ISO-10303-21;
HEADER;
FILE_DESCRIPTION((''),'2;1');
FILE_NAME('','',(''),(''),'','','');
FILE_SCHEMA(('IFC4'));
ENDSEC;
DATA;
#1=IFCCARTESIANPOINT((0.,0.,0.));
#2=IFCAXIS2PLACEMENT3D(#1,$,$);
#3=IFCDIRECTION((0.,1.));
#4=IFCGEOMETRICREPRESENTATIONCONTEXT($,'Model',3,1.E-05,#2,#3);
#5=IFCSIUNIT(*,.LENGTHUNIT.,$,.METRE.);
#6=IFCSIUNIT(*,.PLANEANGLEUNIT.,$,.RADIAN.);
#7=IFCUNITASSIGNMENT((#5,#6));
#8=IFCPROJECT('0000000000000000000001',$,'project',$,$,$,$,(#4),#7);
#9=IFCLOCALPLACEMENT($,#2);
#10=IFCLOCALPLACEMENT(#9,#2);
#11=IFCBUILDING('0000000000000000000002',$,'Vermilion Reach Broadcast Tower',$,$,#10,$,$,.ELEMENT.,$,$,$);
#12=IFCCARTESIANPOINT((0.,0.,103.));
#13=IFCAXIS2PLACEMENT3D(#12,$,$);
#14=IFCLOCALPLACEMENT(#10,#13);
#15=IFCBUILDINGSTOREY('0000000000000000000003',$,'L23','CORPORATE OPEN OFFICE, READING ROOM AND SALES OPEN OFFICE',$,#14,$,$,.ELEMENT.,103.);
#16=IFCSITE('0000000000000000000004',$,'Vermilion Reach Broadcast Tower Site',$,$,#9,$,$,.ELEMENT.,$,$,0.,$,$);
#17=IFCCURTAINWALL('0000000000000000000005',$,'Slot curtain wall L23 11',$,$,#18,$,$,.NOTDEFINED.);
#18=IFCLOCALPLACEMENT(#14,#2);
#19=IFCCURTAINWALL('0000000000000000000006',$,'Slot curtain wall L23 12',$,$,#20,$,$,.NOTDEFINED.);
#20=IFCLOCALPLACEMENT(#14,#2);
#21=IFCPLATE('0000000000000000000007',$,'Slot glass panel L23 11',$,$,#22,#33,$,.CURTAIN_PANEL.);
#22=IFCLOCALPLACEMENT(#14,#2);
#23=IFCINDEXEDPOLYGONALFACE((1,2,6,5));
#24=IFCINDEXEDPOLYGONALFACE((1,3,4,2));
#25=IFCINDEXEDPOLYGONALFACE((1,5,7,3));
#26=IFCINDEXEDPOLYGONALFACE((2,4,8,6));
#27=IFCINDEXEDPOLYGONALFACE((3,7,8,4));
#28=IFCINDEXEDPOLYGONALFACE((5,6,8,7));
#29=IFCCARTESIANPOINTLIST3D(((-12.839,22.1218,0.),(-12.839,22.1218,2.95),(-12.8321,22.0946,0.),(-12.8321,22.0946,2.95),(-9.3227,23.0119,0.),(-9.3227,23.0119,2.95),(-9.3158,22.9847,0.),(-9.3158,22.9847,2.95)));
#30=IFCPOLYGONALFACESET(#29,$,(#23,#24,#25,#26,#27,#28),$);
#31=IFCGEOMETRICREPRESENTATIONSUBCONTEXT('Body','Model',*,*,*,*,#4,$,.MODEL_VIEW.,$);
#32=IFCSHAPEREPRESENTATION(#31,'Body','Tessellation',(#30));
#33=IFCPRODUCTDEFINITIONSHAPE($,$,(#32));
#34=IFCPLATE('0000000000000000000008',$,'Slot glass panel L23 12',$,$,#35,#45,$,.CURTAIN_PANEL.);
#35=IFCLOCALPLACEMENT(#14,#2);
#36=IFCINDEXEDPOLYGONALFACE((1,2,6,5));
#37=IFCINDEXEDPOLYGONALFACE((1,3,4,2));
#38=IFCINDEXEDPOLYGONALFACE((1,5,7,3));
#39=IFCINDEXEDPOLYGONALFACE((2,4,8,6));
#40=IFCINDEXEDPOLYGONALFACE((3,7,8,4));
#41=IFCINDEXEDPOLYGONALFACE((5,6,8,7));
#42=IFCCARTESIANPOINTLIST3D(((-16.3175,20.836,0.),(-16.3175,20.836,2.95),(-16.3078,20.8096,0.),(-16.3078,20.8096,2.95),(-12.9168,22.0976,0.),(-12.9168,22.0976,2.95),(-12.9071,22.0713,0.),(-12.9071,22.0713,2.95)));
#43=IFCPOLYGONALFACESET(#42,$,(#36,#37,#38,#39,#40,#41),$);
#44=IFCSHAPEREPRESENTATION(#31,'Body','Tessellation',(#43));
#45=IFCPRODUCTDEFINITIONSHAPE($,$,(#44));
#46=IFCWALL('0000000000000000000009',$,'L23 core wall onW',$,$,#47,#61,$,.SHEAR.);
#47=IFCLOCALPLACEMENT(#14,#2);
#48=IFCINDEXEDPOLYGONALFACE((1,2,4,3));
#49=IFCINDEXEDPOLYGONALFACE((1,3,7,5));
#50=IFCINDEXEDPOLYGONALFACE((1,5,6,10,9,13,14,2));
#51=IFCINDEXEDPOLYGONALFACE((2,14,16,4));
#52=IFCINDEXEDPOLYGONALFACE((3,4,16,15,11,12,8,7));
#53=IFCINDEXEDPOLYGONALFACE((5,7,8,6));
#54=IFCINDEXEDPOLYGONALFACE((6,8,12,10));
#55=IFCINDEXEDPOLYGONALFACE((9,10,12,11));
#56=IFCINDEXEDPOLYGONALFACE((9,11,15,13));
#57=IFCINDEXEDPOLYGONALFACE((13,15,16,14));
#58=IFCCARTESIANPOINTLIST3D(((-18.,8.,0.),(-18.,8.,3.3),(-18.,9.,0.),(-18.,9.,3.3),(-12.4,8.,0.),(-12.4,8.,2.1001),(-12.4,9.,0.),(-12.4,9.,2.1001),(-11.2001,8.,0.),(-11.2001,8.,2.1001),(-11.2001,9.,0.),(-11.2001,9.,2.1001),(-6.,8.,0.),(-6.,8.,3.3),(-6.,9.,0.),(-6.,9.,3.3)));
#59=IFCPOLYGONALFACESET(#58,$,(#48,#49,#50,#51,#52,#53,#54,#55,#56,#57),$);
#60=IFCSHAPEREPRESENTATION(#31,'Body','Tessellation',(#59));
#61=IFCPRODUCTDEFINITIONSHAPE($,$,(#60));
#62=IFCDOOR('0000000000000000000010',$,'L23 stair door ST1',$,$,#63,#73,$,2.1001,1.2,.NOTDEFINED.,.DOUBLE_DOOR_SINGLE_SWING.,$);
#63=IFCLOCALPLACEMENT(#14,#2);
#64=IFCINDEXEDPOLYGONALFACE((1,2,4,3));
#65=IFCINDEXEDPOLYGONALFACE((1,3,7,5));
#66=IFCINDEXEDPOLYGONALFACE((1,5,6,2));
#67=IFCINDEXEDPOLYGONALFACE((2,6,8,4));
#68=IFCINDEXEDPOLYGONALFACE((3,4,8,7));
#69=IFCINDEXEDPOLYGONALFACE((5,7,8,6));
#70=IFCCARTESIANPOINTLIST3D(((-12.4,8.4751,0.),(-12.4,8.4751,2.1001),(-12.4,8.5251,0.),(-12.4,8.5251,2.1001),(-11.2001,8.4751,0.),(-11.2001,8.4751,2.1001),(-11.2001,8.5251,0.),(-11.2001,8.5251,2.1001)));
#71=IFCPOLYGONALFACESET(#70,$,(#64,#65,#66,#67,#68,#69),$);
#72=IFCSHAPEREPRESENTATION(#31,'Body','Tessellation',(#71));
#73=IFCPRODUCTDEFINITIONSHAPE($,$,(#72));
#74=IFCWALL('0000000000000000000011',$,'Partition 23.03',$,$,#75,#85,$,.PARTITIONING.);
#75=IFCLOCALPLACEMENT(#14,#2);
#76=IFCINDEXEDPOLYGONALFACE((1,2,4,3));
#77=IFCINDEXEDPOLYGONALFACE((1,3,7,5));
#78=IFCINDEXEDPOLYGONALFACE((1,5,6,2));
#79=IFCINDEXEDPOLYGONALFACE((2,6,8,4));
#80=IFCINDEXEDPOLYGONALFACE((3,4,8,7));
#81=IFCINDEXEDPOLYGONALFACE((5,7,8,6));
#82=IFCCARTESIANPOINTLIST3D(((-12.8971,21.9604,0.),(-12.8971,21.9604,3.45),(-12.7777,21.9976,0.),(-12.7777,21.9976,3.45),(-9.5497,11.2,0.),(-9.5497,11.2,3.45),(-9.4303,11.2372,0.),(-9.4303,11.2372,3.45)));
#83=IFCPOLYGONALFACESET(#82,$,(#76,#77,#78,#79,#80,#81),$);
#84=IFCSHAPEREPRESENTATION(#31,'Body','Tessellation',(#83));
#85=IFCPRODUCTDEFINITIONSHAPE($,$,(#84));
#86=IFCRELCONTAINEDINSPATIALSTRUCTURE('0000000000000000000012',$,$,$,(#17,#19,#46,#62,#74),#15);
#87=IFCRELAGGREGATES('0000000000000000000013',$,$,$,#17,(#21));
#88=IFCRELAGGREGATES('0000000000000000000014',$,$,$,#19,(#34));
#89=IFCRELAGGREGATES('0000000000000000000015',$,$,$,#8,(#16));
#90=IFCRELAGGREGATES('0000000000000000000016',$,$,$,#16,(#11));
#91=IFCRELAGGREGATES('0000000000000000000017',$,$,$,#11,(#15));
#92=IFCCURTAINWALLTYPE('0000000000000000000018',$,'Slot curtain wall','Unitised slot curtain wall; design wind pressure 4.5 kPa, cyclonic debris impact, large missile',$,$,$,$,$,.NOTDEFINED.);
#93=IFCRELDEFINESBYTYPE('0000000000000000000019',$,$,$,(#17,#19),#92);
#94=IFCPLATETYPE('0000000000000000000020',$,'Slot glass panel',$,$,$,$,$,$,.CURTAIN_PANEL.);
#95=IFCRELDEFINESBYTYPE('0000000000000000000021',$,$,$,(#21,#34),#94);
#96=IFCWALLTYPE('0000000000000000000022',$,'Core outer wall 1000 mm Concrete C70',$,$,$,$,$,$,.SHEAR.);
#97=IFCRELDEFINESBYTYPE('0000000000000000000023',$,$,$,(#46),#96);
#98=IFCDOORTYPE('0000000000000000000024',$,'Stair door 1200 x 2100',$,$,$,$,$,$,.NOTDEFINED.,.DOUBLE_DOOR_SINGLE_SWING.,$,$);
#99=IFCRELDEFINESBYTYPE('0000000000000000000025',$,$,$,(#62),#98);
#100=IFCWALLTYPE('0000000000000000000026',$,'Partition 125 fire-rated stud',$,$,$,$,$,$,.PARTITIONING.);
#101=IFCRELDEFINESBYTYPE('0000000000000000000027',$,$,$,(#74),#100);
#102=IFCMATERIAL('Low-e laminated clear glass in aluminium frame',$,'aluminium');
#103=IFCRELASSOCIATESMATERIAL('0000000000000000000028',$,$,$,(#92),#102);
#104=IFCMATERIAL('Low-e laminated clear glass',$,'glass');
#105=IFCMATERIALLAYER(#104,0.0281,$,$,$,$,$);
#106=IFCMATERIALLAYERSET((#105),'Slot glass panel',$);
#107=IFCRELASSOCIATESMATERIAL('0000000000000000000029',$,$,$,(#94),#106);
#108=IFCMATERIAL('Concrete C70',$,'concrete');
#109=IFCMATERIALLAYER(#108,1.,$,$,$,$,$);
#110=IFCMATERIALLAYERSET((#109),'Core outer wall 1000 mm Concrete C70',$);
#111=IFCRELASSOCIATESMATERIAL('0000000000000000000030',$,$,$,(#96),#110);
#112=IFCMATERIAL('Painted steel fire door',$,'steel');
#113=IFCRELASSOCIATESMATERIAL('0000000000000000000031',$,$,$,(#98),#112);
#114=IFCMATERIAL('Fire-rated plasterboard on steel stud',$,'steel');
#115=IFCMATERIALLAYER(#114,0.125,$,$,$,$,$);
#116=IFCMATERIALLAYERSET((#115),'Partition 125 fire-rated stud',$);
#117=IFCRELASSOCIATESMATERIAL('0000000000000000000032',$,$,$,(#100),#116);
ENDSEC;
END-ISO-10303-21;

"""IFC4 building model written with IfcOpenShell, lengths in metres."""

from ifc_helpers import new_model, si_unit, direction, frame, frame_2d, origin, origin_2d, place, context, subcontext, project, spatial, rectangle, extrude, material, layer, layer_set, type_object, element, fill, aggregate, save


model = new_model("IFC4")

# Units and contexts
model_context = context("Model", 3, precision=1e-05, world=origin(), true_north=direction((0.0, 1.0)))
body_context = subcontext(model_context, "Body", "Model", "MODEL_VIEW")
ifc_project = project(units=[si_unit("LENGTHUNIT", "METRE"), si_unit("PLANEANGLEUNIT", "RADIAN")], contexts=[model_context])

# Site, building, storey
site_placement = place(None, origin())
site = spatial("IfcSite", under=ifc_project, at=site_placement, Name="Vermilion Reach Broadcast Tower Site", CompositionType="ELEMENT", RefElevation=0.0)
building_placement = place(site_placement, origin())
building = spatial("IfcBuilding", under=site, at=building_placement, Name="Vermilion Reach Broadcast Tower", CompositionType="ELEMENT")
storey_placement = place(building_placement, frame((0.0, 0.0, 103.0)))
storey = spatial("IfcBuildingStorey", under=building, at=storey_placement, Name="L23", Description="CORPORATE OPEN OFFICE, READING ROOM AND SALES OPEN OFFICE", CompositionType="ELEMENT", Elevation=103.0)

# Curtain walls
ifc_material_1 = material(Name="Low-e laminated clear glass in aluminium frame", Category="aluminium")
curtain_wall_type = type_object("IfcCurtainWallType", Name="Slot curtain wall", Description="Unitised slot curtain wall; design wind pressure 4.5 kPa, cyclonic debris impact, large missile", PredefinedType="NOTDEFINED", material=ifc_material_1)
placement = place(storey_placement, origin())
curtain_wall_1 = element("IfcCurtainWall", 1, at=placement, inside=storey, type_object=curtain_wall_type, Name="Slot curtain wall L23 11", PredefinedType="NOTDEFINED")
curtain_wall_2 = element("IfcCurtainWall", 2, at=placement, inside=storey, type_object=curtain_wall_type, Name="Slot curtain wall L23 12", PredefinedType="NOTDEFINED")

# Shared definitions
ifc_material_2 = material(Name="Low-e laminated clear glass", Category="glass")
ifc_layer_1 = layer(ifc_material_2, 0.0281)
ifc_layer_set_1 = layer_set([ifc_layer_1], Name="Slot glass panel")
plate_type = type_object("IfcPlateType", Name="Slot glass panel", PredefinedType="CURTAIN_PANEL", material=ifc_layer_set_1)

# Plates
plate_1_placement = place(storey_placement, frame((-11.0774, 22.5532, 0.0), z_axis=(0.0, 0.0, 1.0), x_axis=(-0.969421, -0.245404, 0.0)))
plate_1 = element("IfcPlate", 3, at=plate_1_placement, type_object=plate_type, Name="Slot glass panel L23 11", PredefinedType="CURTAIN_PANEL", context=body_context, shape_type="SweptSolid", body=[
    extrude(rectangle(XDim=3.6272, YDim=0.0281, at=origin_2d()), origin(), (0.0, 0.0, 1.0), 2.95),
])
aggregate(curtain_wall_1, [plate_1])
plate_2_placement = place(storey_placement, frame((-14.6123, 21.4536, 0.0), z_axis=(0.0, 0.0, 1.0), x_axis=(-0.93756, -0.347825, 0.0)))
plate_2 = element("IfcPlate", 4, at=plate_2_placement, type_object=plate_type, Name="Slot glass panel L23 12", PredefinedType="CURTAIN_PANEL", context=body_context, shape_type="SweptSolid", body=[
    extrude(rectangle(XDim=3.6272, YDim=0.0281, at=origin_2d()), origin(), (0.0, 0.0, 1.0), 2.95),
])
aggregate(curtain_wall_2, [plate_2])

# Wall, opening, door
ifc_material_3 = material(Name="Concrete C70", Category="concrete")
ifc_layer_2 = layer(ifc_material_3, 1.0)
ifc_layer_set_2 = layer_set([ifc_layer_2], Name="Core outer wall 1000 mm Concrete C70")
wall_type_1 = type_object("IfcWallType", Name="Core outer wall 1000 mm Concrete C70", PredefinedType="SHEAR", material=ifc_layer_set_2)
wall_1_placement = place(storey_placement, frame((-6.0, 8.5, 0.0), z_axis=(0.0, 0.0, 1.0), x_axis=(-1.0, 0.0, 0.0)))
wall_1 = element("IfcWall", 5, at=wall_1_placement, inside=storey, type_object=wall_type_1, Name="L23 core wall onW", PredefinedType="SHEAR", context=body_context, shape_type="SweptSolid", body=[
    extrude(rectangle(XDim=12.0, YDim=1.0, at=frame_2d((6.0, 0.0))), origin(), (0.0, 0.0, 1.0), 3.3),
])
opening_placement = place(wall_1_placement, frame((5.2, 0.0, 0.0)))
opening = element("IfcOpeningElement", 6, at=opening_placement, cuts=wall_1, PredefinedType="OPENING", context=body_context, shape_type="SweptSolid", body=[
    extrude(rectangle(XDim=1.2, YDim=2.1001, at=frame_2d((0.6001, 1.05))), frame((0.0, 0.51, 0.0), z_axis=(0.0, -1.0, 0.0), x_axis=(1.0, 0.0, 0.0)), (0.0, 0.0, 1.0), 1.02),
])
ifc_material_4 = material(Name="Painted steel fire door", Category="steel")
door_type = type_object("IfcDoorType", Name="Stair door 1200 x 2100", OperationType="DOUBLE_DOOR_SINGLE_SWING", PredefinedType="NOTDEFINED", material=ifc_material_4)
door_placement = place(opening_placement, origin())
door = element("IfcDoor", 7, at=door_placement, inside=storey, type_object=door_type, Name="L23 stair door ST1", OperationType="DOUBLE_DOOR_SINGLE_SWING", OverallHeight=2.1001, OverallWidth=1.2, PredefinedType="NOTDEFINED", context=body_context, shape_type="SweptSolid", body=[
    extrude(rectangle(XDim=1.2, YDim=2.1001, at=frame_2d((0.6001, 1.05))), frame((0.0, 0.0249, 0.0), z_axis=(0.0, -1.0, 0.0), x_axis=(1.0, 0.0, 0.0)), (0.0, 0.0, 1.0), 0.05),
])
fill(opening, door)

# Wall
ifc_material_5 = material(Name="Fire-rated plasterboard on steel stud", Category="steel")
ifc_layer_3 = layer(ifc_material_5, 0.125)
ifc_layer_set_3 = layer_set([ifc_layer_3], Name="Partition 125 fire-rated stud")
wall_type_2 = type_object("IfcWallType", Name="Partition 125 fire-rated stud", PredefinedType="PARTITIONING", material=ifc_layer_set_3)
wall_2_placement = place(storey_placement, frame((-12.8374, 21.979, 0.0), z_axis=(0.0, 0.0, 1.0), x_axis=(0.297042, -0.954864, 0.0)))
element("IfcWall", 8, at=wall_2_placement, inside=storey, type_object=wall_type_2, Name="Partition 23.03", PredefinedType="PARTITIONING", context=body_context, shape_type="SweptSolid", body=[
    extrude(rectangle(XDim=11.269, YDim=0.125, at=frame_2d((5.6345, 0.0))), origin(), (0.0, 0.0, 1.0), 3.45),
])

save(model, "model.ifc")
